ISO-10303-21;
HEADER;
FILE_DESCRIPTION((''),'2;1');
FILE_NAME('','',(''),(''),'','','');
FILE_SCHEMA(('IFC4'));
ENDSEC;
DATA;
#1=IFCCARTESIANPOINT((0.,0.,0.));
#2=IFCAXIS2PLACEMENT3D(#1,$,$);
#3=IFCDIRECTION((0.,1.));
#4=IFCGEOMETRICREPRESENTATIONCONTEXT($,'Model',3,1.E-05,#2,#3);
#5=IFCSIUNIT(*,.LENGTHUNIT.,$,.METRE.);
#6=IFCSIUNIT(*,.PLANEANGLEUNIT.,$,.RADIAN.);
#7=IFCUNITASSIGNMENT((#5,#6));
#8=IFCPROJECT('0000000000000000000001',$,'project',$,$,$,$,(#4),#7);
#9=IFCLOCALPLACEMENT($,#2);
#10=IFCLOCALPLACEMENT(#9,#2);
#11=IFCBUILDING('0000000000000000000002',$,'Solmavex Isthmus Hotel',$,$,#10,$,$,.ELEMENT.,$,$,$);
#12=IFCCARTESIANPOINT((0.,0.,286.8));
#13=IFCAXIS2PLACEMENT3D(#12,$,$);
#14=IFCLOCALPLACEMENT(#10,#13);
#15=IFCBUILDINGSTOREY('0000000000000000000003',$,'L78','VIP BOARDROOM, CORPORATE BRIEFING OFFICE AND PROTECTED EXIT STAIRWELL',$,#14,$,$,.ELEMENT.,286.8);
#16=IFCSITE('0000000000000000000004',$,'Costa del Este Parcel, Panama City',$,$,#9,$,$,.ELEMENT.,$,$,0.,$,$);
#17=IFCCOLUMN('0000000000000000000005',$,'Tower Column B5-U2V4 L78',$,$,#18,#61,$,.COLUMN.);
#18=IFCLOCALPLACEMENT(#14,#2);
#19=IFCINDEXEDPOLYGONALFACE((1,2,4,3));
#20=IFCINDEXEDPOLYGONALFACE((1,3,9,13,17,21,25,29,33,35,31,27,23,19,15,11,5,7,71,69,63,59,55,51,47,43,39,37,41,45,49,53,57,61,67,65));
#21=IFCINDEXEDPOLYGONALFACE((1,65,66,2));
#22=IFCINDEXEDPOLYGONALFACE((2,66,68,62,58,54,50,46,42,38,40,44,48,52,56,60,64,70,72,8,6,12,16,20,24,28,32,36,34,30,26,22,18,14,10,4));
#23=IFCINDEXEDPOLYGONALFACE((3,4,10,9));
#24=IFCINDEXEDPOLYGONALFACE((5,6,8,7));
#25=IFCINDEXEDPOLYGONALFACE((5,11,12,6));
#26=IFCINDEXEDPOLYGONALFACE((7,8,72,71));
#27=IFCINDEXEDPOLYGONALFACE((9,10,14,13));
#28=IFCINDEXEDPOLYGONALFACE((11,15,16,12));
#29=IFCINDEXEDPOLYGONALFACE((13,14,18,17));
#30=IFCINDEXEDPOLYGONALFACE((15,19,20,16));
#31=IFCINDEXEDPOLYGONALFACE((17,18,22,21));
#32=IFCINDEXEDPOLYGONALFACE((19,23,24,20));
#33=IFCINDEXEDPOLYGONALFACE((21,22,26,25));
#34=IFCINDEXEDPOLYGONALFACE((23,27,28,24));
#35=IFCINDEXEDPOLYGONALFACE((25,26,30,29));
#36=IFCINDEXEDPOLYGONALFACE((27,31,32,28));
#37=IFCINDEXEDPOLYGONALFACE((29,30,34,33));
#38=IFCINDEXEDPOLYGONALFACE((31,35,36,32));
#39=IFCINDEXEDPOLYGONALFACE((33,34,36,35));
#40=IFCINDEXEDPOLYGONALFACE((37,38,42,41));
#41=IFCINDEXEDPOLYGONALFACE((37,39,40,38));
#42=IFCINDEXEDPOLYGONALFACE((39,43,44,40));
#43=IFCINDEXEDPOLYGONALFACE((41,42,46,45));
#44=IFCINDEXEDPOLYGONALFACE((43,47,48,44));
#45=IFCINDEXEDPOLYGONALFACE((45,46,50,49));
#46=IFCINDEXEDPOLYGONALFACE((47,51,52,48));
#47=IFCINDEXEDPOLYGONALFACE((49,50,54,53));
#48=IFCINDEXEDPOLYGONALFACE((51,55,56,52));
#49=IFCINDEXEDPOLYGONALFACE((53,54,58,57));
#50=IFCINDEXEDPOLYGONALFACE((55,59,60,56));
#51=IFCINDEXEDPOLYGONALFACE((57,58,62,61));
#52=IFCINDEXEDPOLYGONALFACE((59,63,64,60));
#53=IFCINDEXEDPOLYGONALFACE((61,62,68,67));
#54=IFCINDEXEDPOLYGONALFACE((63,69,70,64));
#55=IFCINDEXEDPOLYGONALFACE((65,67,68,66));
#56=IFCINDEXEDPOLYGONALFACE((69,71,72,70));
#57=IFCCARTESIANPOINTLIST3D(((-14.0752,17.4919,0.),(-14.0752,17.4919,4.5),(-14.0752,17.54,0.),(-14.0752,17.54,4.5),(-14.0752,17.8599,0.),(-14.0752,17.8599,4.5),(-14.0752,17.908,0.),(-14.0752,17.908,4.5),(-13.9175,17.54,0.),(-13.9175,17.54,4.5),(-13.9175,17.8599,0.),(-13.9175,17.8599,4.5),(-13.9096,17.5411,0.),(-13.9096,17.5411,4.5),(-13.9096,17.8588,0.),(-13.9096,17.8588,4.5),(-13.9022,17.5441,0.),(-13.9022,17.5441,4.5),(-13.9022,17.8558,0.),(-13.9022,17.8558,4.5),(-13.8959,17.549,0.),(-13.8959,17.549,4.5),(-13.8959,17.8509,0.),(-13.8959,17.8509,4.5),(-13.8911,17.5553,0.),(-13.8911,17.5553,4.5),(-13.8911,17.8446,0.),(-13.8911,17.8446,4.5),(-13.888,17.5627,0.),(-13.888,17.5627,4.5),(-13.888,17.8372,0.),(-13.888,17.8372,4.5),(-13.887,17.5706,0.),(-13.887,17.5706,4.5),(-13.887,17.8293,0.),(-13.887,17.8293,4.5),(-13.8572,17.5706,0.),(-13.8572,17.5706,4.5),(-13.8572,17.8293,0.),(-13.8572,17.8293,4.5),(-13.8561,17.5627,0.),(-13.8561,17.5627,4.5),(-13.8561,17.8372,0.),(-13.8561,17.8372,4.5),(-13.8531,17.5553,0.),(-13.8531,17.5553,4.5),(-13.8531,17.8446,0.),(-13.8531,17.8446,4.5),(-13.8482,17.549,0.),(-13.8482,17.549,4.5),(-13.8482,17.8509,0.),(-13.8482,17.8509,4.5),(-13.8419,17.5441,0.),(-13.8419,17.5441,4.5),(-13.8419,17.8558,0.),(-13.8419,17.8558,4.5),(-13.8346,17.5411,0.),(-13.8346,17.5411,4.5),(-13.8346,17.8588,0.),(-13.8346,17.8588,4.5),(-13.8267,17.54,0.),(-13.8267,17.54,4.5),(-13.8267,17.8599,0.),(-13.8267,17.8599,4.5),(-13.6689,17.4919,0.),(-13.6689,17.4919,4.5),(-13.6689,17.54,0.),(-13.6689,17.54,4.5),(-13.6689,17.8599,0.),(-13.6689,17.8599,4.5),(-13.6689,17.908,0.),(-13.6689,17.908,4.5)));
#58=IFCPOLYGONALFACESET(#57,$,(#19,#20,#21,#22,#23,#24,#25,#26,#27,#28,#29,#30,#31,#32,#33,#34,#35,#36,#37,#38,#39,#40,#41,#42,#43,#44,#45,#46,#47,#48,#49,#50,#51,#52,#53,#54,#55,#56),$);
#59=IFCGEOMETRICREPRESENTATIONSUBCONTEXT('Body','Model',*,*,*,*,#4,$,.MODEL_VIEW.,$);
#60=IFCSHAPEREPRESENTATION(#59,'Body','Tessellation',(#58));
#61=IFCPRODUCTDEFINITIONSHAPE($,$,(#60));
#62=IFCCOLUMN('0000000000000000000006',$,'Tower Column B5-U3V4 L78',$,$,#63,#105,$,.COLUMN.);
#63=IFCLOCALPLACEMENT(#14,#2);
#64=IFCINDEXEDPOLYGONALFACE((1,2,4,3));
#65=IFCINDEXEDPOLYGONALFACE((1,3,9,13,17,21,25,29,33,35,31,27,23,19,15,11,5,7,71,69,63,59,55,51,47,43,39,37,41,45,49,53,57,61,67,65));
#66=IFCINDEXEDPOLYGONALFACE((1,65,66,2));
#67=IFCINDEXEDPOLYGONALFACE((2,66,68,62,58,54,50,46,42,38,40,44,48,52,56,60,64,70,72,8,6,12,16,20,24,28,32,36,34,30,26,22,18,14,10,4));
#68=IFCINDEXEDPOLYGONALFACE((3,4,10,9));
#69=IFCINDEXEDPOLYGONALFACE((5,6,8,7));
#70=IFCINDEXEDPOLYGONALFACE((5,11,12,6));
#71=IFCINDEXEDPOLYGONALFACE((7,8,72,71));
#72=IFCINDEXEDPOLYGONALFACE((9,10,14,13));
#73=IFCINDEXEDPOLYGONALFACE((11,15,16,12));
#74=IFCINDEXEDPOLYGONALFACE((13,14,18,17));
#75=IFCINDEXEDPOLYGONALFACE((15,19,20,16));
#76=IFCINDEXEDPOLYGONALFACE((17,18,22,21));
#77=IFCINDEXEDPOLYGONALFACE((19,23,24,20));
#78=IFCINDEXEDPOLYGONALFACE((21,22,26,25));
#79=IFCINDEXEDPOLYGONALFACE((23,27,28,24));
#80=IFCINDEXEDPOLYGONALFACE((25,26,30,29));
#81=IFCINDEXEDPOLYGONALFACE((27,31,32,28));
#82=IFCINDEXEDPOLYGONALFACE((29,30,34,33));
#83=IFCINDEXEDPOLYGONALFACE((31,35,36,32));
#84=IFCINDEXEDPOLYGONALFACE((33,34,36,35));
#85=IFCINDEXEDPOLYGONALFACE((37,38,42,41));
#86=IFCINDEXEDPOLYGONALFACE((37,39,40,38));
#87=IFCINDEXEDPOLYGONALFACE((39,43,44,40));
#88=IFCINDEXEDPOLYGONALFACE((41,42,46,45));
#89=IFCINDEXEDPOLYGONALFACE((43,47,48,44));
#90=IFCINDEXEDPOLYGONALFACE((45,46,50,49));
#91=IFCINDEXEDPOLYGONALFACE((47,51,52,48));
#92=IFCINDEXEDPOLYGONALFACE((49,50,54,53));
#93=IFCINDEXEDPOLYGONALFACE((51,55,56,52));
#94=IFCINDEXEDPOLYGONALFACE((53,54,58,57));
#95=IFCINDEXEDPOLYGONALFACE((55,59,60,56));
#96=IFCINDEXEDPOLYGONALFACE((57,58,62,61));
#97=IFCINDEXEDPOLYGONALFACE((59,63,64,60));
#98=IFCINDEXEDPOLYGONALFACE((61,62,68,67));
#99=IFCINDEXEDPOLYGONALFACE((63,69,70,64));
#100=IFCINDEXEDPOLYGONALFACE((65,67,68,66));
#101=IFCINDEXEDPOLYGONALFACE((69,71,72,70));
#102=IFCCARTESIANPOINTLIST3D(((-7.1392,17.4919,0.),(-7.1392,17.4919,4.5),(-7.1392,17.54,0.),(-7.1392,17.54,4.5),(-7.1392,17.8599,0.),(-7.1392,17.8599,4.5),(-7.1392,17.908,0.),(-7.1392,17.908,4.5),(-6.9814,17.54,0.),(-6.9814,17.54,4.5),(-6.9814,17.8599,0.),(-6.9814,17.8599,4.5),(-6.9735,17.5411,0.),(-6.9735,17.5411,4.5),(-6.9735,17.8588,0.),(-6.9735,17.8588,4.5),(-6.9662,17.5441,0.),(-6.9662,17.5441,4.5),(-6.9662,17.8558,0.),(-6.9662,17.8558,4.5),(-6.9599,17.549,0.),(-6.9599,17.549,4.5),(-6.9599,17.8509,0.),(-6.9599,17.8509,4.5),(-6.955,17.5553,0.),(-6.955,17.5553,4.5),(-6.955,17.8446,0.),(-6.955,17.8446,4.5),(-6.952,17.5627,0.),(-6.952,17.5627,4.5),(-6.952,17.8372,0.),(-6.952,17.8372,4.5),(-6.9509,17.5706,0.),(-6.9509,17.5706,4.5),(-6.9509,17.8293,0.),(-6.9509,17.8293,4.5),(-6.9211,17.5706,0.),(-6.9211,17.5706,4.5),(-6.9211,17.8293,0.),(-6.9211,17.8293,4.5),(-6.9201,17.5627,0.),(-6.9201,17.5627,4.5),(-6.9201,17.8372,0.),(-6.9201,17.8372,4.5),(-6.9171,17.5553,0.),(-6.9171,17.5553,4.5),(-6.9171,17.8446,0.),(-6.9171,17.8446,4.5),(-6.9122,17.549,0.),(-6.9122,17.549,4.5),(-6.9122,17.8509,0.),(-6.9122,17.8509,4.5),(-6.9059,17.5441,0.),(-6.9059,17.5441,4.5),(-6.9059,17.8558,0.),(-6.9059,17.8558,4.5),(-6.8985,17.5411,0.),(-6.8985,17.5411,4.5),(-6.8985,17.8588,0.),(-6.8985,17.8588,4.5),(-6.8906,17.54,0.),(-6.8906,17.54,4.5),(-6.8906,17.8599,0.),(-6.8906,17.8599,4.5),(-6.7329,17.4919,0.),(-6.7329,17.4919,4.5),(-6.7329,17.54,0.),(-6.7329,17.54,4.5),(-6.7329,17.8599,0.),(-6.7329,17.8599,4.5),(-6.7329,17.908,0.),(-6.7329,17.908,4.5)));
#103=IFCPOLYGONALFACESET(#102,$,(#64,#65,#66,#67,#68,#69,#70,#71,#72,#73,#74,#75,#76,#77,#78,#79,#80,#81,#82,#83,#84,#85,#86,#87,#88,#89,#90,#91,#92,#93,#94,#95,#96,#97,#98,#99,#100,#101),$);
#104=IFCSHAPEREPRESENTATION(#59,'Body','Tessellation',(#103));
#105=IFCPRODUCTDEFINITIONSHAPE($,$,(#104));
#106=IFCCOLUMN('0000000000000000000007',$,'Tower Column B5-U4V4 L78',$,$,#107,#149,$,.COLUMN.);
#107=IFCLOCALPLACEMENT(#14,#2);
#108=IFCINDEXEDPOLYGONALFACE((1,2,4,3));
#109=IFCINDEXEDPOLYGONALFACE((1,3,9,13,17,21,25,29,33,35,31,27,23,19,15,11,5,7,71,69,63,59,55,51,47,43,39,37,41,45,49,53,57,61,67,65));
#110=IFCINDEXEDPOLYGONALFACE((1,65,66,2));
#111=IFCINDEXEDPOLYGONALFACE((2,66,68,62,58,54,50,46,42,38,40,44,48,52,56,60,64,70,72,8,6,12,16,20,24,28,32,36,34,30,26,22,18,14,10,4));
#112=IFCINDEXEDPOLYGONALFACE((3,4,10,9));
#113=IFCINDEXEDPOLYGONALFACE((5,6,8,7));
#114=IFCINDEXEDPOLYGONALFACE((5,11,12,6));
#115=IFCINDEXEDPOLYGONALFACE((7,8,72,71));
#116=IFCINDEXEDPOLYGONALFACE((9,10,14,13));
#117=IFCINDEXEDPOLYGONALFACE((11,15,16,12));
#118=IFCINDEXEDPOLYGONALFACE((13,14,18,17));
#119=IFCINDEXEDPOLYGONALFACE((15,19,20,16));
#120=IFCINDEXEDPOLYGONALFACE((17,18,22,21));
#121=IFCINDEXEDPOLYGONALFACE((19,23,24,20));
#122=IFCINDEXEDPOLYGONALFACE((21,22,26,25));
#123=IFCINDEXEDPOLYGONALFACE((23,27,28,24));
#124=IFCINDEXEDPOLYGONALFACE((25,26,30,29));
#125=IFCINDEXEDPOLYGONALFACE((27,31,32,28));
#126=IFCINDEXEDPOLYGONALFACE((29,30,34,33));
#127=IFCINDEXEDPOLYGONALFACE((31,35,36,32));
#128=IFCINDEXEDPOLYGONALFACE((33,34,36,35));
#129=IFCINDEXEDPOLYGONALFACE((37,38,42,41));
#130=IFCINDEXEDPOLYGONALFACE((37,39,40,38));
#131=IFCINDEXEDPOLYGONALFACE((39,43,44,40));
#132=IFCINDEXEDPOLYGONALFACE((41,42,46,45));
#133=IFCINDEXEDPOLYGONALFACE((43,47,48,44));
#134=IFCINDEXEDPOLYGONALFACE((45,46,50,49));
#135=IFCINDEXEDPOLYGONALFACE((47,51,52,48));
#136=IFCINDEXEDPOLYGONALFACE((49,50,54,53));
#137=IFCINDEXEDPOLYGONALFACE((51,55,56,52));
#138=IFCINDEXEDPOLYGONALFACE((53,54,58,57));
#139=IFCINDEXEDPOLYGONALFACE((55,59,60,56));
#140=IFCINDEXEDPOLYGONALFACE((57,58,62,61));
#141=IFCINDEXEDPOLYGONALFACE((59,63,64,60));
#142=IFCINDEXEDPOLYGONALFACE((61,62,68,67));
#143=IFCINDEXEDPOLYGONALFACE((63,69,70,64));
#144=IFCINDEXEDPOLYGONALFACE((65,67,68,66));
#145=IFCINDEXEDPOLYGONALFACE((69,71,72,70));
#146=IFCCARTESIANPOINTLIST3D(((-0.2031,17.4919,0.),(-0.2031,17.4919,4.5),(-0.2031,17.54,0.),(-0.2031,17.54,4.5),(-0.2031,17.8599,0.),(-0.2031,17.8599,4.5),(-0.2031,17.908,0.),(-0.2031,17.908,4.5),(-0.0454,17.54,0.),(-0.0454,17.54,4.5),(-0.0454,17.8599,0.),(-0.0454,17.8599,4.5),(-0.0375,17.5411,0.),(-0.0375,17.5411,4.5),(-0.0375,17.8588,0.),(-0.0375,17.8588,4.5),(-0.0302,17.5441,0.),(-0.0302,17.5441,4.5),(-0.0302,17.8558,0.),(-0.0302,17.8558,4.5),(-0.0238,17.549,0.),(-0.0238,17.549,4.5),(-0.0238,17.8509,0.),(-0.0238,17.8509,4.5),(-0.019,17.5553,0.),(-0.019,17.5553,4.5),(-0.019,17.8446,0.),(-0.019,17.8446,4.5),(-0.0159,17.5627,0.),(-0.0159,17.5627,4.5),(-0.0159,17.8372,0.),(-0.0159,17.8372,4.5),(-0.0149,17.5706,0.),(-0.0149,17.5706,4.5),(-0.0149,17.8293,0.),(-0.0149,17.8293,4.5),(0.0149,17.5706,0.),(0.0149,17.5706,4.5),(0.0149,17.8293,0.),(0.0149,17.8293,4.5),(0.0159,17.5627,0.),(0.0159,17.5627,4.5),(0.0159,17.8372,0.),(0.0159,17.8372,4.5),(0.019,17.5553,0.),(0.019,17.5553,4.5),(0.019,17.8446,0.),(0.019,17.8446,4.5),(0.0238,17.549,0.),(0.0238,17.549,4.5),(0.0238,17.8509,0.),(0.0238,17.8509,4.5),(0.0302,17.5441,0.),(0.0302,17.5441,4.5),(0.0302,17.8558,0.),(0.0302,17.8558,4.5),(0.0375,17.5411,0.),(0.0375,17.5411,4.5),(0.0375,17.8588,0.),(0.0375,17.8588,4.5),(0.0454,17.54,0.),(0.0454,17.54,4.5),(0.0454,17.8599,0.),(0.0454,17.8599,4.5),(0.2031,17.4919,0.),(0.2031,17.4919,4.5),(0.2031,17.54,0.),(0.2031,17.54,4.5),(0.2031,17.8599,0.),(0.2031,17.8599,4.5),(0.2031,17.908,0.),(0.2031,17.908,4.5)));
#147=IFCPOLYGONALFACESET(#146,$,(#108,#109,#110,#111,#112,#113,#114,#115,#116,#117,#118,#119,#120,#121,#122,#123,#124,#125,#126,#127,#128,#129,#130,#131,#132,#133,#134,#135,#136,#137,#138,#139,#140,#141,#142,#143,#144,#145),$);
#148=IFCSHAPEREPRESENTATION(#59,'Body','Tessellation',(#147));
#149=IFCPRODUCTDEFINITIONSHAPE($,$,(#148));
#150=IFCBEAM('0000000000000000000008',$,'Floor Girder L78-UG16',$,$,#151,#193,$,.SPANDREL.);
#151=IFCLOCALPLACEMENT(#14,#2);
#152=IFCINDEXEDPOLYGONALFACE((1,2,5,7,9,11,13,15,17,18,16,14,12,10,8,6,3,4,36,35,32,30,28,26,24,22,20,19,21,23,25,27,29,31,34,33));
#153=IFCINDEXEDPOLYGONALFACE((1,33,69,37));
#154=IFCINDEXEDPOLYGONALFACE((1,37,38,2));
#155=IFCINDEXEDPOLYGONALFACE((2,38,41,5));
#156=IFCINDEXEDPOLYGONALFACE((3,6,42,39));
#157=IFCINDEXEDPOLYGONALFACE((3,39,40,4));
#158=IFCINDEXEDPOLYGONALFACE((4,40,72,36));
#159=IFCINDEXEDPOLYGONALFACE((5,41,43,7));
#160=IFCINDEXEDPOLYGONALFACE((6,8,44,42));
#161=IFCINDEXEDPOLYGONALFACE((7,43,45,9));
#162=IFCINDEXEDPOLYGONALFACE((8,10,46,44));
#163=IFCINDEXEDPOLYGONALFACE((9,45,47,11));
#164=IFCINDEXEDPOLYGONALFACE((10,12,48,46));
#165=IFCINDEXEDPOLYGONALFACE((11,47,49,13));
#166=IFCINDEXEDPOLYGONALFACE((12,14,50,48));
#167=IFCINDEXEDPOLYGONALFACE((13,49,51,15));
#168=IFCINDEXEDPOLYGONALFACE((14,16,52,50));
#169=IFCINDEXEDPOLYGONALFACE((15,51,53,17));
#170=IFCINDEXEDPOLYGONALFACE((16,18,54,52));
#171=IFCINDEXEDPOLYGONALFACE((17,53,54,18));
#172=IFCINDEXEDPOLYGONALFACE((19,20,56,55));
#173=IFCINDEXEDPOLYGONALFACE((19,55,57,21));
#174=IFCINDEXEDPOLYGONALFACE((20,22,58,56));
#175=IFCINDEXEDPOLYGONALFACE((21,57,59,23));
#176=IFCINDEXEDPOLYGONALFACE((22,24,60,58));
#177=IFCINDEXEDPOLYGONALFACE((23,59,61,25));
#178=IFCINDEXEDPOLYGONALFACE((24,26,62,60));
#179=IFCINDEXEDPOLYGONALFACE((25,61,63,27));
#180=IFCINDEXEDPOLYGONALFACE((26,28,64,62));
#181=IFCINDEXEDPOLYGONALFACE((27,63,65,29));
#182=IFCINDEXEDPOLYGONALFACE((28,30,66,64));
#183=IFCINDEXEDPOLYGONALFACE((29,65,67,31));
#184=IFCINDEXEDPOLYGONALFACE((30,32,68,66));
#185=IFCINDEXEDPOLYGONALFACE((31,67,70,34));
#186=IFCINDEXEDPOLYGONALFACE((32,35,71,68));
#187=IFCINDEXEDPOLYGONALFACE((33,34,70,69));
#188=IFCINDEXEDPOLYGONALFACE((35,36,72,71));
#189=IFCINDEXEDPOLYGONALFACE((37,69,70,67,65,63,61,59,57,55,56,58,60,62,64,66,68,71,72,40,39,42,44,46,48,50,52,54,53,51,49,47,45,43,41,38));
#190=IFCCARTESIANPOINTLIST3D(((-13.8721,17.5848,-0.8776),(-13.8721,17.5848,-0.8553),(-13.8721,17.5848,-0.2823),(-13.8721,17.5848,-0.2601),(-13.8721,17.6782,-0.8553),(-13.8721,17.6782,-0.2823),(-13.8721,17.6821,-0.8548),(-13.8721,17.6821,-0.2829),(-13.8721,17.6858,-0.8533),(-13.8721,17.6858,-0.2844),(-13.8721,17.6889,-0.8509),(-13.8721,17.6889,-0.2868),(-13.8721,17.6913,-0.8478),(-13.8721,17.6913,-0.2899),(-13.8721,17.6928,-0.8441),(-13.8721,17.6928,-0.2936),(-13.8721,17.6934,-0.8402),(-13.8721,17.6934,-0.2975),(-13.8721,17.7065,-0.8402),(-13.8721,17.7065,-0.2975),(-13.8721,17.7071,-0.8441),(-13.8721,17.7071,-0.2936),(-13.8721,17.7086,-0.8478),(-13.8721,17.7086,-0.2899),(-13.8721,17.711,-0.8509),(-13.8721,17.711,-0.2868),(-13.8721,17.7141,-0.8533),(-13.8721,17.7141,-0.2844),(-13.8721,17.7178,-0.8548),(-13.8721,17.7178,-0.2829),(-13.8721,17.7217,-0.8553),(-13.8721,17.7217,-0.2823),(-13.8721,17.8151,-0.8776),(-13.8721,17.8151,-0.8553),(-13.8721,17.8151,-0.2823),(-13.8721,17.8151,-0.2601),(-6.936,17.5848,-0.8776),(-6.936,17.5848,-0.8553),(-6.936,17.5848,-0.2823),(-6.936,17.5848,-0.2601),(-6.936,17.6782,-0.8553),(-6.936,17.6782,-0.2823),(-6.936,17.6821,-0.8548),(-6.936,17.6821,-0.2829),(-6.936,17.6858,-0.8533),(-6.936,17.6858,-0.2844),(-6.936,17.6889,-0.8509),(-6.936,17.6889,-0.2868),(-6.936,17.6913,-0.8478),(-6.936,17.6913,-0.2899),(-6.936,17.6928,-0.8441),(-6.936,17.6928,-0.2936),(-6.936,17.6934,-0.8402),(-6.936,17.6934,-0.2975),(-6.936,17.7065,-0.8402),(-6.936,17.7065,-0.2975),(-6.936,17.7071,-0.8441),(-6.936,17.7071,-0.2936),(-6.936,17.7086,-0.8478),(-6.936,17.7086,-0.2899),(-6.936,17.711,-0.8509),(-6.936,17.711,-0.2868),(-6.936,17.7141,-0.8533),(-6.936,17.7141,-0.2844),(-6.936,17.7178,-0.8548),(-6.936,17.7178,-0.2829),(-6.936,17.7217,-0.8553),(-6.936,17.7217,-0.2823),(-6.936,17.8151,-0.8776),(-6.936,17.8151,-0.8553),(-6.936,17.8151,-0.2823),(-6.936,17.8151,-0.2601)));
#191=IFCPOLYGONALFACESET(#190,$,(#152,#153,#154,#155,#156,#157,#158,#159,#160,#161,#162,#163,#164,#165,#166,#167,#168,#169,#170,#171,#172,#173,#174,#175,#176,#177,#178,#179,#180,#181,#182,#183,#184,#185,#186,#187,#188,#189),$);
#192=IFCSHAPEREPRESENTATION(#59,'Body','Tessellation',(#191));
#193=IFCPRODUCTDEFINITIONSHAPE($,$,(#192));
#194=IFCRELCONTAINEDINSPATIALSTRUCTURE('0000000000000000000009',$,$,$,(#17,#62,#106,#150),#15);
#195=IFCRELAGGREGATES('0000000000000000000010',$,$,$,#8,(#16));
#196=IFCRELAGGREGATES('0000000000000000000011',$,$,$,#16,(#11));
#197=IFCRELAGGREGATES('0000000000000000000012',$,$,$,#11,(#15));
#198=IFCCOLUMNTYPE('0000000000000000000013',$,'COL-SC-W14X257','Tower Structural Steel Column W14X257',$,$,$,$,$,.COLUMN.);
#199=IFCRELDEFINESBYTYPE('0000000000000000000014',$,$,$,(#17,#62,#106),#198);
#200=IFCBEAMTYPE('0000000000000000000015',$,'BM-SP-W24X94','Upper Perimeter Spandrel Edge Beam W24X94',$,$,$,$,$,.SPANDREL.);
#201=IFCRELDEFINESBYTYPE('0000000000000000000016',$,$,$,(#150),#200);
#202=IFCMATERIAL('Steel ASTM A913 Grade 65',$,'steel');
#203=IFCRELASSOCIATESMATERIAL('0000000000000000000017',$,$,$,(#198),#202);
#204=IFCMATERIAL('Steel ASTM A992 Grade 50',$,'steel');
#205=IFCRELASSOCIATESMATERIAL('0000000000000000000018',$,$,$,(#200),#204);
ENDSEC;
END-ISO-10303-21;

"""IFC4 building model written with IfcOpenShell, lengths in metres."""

from ifc_helpers import new_model, si_unit, direction, frame, origin, origin_2d, place, context, subcontext, project, spatial, i_section, extrude, material, material_profile, profile_set, type_object, element, save


model = new_model("IFC4")

# Units and contexts
model_context = context("Model", 3, precision=1e-05, world=origin(), true_north=direction((0.0, 1.0)))
body_context = subcontext(model_context, "Body", "Model", "MODEL_VIEW")
ifc_project = project(units=[si_unit("LENGTHUNIT", "METRE"), si_unit("PLANEANGLEUNIT", "RADIAN")], contexts=[model_context])

# Site, building, storey
site_placement = place(None, origin())
site = spatial("IfcSite", under=ifc_project, at=site_placement, Name="Costa del Este Parcel, Panama City", CompositionType="ELEMENT", RefElevation=0.0)
building_placement = place(site_placement, origin())
building = spatial("IfcBuilding", under=site, at=building_placement, Name="Solmavex Isthmus Hotel", CompositionType="ELEMENT")
storey_placement = place(building_placement, frame((0.0, 0.0, 286.8)))
storey = spatial("IfcBuildingStorey", under=building, at=storey_placement, Name="L78", Description="VIP BOARDROOM, CORPORATE BRIEFING OFFICE AND PROTECTED EXIT STAIRWELL", CompositionType="ELEMENT", Elevation=286.8)

# Columns
ifc_material_1 = material(Name="Steel ASTM A913 Grade 65", Category="steel")
ifc_material_profile_1 = material_profile(ifc_material_1, i_section(OverallWidth=0.4062, OverallDepth=0.416, WebThickness=0.0298, FlangeThickness=0.0481, FilletRadius=0.0305, at=origin_2d()), Name="W14X257")
ifc_profile_set_1 = profile_set([ifc_material_profile_1], Name="Steel ASTM A913 Grade 65")
column_type = type_object("IfcColumnType", Name="COL-SC-W14X257", Description="Tower Structural Steel Column W14X257", PredefinedType="COLUMN", material=ifc_profile_set_1)
for number, where, z_axis, x_axis, name in (
    (1, (-13.8721, 17.7, 0.0), (0.0, 0.0, 1.0), (1.0, 0.0, 0.0), "Tower Column B5-U2V4 L78"),
    (2, (-6.936, 17.7, 0.0), (0.0, 0.0, 1.0), (1.0, 0.0, 0.0), "Tower Column B5-U3V4 L78"),
    (3, (0.0, 17.7, 0.0), (0.0, 0.0, 1.0), (1.0, 0.0, 0.0), "Tower Column B5-U4V4 L78"),
):
    element("IfcColumn", number, at=place(storey_placement, frame(where, z_axis=z_axis, x_axis=x_axis)), inside=storey, type_object=column_type, Name=name, PredefinedType="COLUMN", context=body_context, shape_type="SweptSolid", body=[
        extrude(i_section(OverallWidth=0.4062, OverallDepth=0.416, WebThickness=0.0298, FlangeThickness=0.0481, FilletRadius=0.0305, at=origin_2d()), origin(), (0.0, 0.0, 1.0), 4.5),
    ])

# Beam
ifc_material_2 = material(Name="Steel ASTM A992 Grade 50", Category="steel")
ifc_material_profile_2 = material_profile(ifc_material_2, i_section(OverallWidth=0.2302, OverallDepth=0.6174, WebThickness=0.0132, FlangeThickness=0.0222, FilletRadius=0.0151, at=origin_2d()), Name="W24X94")
ifc_profile_set_2 = profile_set([ifc_material_profile_2], Name="Steel ASTM A992 Grade 50")
beam_type = type_object("IfcBeamType", Name="BM-SP-W24X94", Description="Upper Perimeter Spandrel Edge Beam W24X94", PredefinedType="SPANDREL", material=ifc_profile_set_2)
for number, where, z_axis, x_axis, name in (
    (4, (-13.8721, 17.7, -0.5688), (1.0, 0.0, 0.0), (0.0, 1.0, 0.0), "Floor Girder L78-UG16"),
):
    element("IfcBeam", number, at=place(storey_placement, frame(where, z_axis=z_axis, x_axis=x_axis)), inside=storey, type_object=beam_type, Name=name, PredefinedType="SPANDREL", context=body_context, shape_type="SweptSolid", body=[
        extrude(i_section(OverallWidth=0.2302, OverallDepth=0.6174, WebThickness=0.0132, FlangeThickness=0.0222, FilletRadius=0.0151, at=origin_2d()), origin(), (0.0, 0.0, 1.0), 6.936),
    ])

save(model, "model.ifc")
